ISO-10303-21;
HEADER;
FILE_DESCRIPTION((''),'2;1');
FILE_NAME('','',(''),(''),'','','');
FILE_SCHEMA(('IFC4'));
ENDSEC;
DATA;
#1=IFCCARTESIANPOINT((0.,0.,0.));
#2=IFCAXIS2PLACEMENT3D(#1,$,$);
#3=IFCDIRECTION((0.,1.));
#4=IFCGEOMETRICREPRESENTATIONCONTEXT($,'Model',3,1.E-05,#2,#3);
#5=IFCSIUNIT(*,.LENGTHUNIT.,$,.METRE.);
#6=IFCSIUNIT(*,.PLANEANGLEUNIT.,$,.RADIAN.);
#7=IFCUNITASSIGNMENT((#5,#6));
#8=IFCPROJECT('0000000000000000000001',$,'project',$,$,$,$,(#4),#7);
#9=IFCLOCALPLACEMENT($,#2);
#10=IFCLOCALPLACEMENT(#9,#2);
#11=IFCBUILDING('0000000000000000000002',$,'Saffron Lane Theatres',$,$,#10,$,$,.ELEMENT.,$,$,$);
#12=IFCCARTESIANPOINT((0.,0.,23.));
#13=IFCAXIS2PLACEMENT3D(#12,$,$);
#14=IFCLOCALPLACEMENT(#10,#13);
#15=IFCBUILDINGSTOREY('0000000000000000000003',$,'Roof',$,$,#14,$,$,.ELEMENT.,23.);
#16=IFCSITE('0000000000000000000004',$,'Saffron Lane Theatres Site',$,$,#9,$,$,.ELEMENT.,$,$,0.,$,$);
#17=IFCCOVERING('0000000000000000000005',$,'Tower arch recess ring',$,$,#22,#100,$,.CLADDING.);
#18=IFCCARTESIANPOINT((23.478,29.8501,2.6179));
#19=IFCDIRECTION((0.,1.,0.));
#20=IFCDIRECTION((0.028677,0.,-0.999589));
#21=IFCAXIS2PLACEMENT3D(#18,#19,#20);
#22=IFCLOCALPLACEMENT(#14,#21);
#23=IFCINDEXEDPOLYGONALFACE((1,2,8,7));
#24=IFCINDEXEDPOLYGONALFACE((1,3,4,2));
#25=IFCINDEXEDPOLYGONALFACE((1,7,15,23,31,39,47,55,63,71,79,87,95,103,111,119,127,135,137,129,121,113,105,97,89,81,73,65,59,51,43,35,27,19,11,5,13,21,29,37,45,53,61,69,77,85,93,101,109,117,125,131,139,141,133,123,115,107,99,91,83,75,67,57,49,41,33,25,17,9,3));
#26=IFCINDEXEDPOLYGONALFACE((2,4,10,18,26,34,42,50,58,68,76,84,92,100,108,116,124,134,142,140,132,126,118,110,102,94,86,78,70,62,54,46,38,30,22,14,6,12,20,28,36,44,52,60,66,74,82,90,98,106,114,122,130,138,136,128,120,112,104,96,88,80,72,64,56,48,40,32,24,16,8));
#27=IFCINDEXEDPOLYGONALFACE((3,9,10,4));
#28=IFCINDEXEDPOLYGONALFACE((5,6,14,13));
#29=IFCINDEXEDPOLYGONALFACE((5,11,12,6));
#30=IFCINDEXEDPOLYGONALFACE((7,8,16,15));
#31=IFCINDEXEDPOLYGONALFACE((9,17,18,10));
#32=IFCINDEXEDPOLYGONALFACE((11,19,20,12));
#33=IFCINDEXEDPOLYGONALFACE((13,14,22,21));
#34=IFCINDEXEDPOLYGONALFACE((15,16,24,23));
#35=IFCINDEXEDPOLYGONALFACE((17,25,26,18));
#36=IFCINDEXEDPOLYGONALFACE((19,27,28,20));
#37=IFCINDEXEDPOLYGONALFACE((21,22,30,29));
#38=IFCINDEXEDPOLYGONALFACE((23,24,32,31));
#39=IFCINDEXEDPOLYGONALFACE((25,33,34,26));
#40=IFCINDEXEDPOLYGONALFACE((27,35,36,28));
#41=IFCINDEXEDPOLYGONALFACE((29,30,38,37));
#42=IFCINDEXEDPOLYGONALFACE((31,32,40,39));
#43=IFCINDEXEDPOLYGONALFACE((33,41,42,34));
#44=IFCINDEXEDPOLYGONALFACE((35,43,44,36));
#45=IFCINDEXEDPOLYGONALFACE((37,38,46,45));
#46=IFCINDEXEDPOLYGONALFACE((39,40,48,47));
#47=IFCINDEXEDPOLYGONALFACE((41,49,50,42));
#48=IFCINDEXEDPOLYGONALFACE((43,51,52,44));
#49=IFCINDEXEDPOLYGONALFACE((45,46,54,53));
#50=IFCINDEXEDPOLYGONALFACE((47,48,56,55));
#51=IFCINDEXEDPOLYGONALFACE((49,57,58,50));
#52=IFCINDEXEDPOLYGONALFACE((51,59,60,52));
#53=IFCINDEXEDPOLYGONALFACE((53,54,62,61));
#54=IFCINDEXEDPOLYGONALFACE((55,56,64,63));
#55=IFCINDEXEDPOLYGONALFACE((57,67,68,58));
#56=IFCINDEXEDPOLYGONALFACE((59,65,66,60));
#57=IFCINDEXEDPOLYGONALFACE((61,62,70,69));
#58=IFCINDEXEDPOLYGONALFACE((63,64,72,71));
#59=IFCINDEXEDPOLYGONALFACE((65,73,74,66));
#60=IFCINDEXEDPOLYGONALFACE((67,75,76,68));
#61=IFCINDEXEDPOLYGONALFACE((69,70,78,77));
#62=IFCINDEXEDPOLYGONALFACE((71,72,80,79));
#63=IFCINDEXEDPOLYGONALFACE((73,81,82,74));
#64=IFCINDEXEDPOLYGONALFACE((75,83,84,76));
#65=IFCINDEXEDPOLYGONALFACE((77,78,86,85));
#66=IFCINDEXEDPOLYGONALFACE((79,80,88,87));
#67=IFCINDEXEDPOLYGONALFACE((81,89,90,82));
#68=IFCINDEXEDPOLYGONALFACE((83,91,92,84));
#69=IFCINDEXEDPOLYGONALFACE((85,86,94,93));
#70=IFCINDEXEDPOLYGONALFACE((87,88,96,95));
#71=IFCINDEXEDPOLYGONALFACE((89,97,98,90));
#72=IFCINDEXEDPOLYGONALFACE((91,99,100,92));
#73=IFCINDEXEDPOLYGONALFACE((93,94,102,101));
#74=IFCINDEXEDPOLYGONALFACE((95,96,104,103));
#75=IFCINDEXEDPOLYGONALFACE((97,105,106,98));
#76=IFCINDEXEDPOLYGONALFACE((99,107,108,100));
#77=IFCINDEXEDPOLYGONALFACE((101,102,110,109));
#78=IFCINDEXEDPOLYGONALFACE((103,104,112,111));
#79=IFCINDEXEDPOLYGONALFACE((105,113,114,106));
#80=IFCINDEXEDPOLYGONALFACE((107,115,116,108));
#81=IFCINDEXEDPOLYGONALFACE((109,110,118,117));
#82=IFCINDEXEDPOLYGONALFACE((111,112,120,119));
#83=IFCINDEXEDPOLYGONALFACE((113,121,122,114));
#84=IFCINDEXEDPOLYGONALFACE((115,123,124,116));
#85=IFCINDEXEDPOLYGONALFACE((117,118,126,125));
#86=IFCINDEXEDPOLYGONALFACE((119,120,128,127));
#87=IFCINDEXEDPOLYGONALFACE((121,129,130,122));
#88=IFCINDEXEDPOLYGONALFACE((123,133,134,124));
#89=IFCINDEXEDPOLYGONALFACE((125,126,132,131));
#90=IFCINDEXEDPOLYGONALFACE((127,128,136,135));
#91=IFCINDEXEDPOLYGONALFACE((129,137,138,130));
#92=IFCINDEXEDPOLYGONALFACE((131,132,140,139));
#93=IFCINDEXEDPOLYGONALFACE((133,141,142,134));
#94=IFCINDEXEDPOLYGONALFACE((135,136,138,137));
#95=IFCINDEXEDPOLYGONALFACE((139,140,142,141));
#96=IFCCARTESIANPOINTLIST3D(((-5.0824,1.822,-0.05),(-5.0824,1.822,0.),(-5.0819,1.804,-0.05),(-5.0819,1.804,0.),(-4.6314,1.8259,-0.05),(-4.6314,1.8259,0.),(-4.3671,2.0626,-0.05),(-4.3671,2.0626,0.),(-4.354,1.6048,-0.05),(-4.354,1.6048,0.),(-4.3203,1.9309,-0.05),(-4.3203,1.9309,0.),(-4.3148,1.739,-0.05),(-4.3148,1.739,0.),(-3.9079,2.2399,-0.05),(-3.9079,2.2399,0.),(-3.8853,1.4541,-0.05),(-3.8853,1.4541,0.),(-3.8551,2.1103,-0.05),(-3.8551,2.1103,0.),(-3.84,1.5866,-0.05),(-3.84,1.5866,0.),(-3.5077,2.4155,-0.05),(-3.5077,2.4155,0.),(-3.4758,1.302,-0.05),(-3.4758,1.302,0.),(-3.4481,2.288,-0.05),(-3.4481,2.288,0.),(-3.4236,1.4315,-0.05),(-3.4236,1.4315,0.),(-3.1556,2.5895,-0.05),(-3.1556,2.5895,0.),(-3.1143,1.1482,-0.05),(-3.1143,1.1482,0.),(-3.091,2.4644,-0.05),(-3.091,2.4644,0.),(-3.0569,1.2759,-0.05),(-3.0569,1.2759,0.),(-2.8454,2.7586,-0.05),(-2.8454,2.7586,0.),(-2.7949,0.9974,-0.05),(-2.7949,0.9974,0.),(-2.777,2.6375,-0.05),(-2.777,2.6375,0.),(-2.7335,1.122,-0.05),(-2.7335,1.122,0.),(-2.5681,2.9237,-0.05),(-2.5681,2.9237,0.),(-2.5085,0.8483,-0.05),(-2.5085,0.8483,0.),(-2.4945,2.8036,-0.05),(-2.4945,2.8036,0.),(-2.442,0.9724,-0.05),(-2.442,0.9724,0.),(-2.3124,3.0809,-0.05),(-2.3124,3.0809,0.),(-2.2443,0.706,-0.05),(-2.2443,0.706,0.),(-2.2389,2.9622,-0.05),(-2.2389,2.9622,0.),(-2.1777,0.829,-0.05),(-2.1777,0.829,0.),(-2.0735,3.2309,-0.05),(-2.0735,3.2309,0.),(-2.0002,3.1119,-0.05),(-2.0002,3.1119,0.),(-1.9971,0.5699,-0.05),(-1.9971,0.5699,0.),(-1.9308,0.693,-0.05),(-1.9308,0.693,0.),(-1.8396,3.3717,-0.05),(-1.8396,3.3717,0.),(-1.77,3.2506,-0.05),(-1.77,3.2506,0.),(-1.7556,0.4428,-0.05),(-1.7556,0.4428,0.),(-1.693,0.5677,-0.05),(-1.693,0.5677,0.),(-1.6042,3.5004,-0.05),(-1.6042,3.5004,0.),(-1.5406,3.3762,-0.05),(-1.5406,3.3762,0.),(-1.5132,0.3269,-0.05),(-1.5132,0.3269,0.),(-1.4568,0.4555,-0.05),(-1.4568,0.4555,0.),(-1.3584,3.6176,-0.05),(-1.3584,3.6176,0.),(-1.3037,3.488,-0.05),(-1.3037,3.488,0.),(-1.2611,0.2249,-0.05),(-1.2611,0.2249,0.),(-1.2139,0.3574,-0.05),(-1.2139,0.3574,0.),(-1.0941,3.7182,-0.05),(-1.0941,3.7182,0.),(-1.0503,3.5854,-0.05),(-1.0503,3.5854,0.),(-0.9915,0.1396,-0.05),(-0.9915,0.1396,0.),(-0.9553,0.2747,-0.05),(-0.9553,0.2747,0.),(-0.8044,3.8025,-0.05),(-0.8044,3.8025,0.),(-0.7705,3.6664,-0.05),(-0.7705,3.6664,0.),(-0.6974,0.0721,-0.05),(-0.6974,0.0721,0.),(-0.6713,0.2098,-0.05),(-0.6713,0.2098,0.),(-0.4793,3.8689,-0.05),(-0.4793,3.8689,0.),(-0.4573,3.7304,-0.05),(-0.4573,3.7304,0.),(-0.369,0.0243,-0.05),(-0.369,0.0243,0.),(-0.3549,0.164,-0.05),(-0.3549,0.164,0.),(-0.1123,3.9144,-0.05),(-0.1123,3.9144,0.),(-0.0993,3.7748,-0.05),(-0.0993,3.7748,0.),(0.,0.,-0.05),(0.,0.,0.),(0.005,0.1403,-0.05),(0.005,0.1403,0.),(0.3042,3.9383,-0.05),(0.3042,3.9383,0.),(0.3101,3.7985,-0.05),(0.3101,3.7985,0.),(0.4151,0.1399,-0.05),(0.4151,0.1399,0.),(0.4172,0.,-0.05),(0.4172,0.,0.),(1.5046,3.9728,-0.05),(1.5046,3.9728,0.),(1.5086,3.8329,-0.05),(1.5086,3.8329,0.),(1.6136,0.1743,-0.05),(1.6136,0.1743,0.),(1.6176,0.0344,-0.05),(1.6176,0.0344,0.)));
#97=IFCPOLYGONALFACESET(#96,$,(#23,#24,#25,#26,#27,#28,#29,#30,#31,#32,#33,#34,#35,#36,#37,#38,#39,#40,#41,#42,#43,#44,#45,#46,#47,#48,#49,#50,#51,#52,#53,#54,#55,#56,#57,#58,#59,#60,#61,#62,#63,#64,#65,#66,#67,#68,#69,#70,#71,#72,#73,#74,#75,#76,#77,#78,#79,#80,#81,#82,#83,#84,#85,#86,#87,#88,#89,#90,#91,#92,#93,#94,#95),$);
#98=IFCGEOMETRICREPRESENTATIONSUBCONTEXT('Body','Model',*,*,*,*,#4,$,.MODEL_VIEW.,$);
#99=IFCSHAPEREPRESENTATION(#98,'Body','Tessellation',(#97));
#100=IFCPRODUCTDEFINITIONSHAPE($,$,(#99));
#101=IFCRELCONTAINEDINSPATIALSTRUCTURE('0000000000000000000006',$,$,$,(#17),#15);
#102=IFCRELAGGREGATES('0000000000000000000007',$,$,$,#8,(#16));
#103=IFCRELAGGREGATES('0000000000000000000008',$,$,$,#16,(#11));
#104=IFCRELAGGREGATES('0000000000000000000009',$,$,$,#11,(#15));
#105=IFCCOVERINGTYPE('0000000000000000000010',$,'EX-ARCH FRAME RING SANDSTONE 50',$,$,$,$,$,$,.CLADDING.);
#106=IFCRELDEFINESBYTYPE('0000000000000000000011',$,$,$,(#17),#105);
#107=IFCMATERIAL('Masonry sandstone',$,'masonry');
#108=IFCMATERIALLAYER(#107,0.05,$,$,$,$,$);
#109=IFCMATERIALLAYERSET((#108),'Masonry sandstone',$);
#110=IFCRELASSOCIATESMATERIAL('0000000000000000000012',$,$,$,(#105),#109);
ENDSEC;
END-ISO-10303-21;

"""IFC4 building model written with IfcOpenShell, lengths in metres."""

from ifc_helpers import new_model, si_unit, direction, frame, origin, place, context, subcontext, project, spatial, polyline, outline, extrude, material, layer, layer_set, type_object, element, save


model = new_model("IFC4")

# Units and contexts
model_context = context("Model", 3, precision=1e-05, world=origin(), true_north=direction((0.0, 1.0)))
body_context = subcontext(model_context, "Body", "Model", "MODEL_VIEW")
ifc_project = project(units=[si_unit("LENGTHUNIT", "METRE"), si_unit("PLANEANGLEUNIT", "RADIAN")], contexts=[model_context])

# Site, building, storey
site_placement = place(None, origin())
site = spatial("IfcSite", under=ifc_project, at=site_placement, Name="Saffron Lane Theatres Site", CompositionType="ELEMENT", RefElevation=0.0)
building_placement = place(site_placement, origin())
building = spatial("IfcBuilding", under=site, at=building_placement, Name="Saffron Lane Theatres", CompositionType="ELEMENT")
storey_placement = place(building_placement, frame((0.0, 0.0, 23.0)))
storey = spatial("IfcBuildingStorey", under=building, at=storey_placement, Name="Roof", CompositionType="ELEMENT", Elevation=23.0)

# Covering
ifc_material_1 = material(Name="Masonry sandstone", Category="masonry")
ifc_layer_1 = layer(ifc_material_1, 0.05)
ifc_layer_set_1 = layer_set([ifc_layer_1], Name="Masonry sandstone")
covering_type_1 = type_object("IfcCoveringType", Name="EX-ARCH FRAME RING SANDSTONE 50", PredefinedType="CLADDING", material=ifc_layer_set_1)
covering_placement = place(storey_placement, frame((23.478, 29.8501, 2.6179), z_axis=(0.0, 1.0, 0.0), x_axis=(0.028677, 0.0, -0.999589)))
element("IfcCovering", 1, at=covering_placement, inside=storey, type_object=covering_type_1, Name="Tower arch recess ring", PredefinedType="CLADDING", context=body_context, shape_type="SweptSolid", body=[
    extrude(outline(polyline([(0.0, 0.0), (0.4172, 0.0), (1.6176, 0.0344), (1.6136, 0.1743), (0.4151, 0.1399), (0.005, 0.1403), (-0.3549, 0.164), (-0.6713, 0.2098), (-0.9553, 0.2747), (-1.2139, 0.3574), (-1.4568, 0.4555), (-1.693, 0.5677), (-1.9308, 0.693), (-2.1777, 0.829), (-2.442, 0.9724), (-2.7335, 1.122), (-3.0569, 1.2759), (-3.4236, 1.4315), (-3.84, 1.5866), (-4.3148, 1.739), (-4.6314, 1.8259), (-4.3203, 1.9309), (-3.8551, 2.1103), (-3.4481, 2.288), (-3.091, 2.4644), (-2.777, 2.6375), (-2.4945, 2.8036), (-2.2389, 2.9622), (-2.0002, 3.1119), (-1.77, 3.2506), (-1.5406, 3.3762), (-1.3037, 3.488), (-1.0503, 3.5854), (-0.7705, 3.6664), (-0.4573, 3.7304), (-0.0993, 3.7748), (0.3101, 3.7985), (1.5086, 3.8329), (1.5046, 3.9728), (0.3042, 3.9383), (-0.1123, 3.9144), (-0.4793, 3.8689), (-0.8044, 3.8025), (-1.0941, 3.7182), (-1.3584, 3.6176), (-1.6042, 3.5004), (-1.8396, 3.3717), (-2.0735, 3.2309), (-2.3124, 3.0809), (-2.5681, 2.9237), (-2.8454, 2.7586), (-3.1556, 2.5895), (-3.5077, 2.4155), (-3.9079, 2.2399), (-4.3671, 2.0626), (-5.0824, 1.822), (-5.0819, 1.804), (-4.354, 1.6048), (-3.8853, 1.4541), (-3.4758, 1.302), (-3.1143, 1.1482), (-2.7949, 0.9974), (-2.5085, 0.8483), (-2.2443, 0.706), (-1.9971, 0.5699), (-1.7556, 0.4428), (-1.5132, 0.3269), (-1.2611, 0.2249), (-0.9915, 0.1396), (-0.6974, 0.0721), (-0.369, 0.0243), (0.0, 0.0)])), origin(), (0.0, 0.0, -1.0), 0.05),
])

save(model, "model.ifc")
